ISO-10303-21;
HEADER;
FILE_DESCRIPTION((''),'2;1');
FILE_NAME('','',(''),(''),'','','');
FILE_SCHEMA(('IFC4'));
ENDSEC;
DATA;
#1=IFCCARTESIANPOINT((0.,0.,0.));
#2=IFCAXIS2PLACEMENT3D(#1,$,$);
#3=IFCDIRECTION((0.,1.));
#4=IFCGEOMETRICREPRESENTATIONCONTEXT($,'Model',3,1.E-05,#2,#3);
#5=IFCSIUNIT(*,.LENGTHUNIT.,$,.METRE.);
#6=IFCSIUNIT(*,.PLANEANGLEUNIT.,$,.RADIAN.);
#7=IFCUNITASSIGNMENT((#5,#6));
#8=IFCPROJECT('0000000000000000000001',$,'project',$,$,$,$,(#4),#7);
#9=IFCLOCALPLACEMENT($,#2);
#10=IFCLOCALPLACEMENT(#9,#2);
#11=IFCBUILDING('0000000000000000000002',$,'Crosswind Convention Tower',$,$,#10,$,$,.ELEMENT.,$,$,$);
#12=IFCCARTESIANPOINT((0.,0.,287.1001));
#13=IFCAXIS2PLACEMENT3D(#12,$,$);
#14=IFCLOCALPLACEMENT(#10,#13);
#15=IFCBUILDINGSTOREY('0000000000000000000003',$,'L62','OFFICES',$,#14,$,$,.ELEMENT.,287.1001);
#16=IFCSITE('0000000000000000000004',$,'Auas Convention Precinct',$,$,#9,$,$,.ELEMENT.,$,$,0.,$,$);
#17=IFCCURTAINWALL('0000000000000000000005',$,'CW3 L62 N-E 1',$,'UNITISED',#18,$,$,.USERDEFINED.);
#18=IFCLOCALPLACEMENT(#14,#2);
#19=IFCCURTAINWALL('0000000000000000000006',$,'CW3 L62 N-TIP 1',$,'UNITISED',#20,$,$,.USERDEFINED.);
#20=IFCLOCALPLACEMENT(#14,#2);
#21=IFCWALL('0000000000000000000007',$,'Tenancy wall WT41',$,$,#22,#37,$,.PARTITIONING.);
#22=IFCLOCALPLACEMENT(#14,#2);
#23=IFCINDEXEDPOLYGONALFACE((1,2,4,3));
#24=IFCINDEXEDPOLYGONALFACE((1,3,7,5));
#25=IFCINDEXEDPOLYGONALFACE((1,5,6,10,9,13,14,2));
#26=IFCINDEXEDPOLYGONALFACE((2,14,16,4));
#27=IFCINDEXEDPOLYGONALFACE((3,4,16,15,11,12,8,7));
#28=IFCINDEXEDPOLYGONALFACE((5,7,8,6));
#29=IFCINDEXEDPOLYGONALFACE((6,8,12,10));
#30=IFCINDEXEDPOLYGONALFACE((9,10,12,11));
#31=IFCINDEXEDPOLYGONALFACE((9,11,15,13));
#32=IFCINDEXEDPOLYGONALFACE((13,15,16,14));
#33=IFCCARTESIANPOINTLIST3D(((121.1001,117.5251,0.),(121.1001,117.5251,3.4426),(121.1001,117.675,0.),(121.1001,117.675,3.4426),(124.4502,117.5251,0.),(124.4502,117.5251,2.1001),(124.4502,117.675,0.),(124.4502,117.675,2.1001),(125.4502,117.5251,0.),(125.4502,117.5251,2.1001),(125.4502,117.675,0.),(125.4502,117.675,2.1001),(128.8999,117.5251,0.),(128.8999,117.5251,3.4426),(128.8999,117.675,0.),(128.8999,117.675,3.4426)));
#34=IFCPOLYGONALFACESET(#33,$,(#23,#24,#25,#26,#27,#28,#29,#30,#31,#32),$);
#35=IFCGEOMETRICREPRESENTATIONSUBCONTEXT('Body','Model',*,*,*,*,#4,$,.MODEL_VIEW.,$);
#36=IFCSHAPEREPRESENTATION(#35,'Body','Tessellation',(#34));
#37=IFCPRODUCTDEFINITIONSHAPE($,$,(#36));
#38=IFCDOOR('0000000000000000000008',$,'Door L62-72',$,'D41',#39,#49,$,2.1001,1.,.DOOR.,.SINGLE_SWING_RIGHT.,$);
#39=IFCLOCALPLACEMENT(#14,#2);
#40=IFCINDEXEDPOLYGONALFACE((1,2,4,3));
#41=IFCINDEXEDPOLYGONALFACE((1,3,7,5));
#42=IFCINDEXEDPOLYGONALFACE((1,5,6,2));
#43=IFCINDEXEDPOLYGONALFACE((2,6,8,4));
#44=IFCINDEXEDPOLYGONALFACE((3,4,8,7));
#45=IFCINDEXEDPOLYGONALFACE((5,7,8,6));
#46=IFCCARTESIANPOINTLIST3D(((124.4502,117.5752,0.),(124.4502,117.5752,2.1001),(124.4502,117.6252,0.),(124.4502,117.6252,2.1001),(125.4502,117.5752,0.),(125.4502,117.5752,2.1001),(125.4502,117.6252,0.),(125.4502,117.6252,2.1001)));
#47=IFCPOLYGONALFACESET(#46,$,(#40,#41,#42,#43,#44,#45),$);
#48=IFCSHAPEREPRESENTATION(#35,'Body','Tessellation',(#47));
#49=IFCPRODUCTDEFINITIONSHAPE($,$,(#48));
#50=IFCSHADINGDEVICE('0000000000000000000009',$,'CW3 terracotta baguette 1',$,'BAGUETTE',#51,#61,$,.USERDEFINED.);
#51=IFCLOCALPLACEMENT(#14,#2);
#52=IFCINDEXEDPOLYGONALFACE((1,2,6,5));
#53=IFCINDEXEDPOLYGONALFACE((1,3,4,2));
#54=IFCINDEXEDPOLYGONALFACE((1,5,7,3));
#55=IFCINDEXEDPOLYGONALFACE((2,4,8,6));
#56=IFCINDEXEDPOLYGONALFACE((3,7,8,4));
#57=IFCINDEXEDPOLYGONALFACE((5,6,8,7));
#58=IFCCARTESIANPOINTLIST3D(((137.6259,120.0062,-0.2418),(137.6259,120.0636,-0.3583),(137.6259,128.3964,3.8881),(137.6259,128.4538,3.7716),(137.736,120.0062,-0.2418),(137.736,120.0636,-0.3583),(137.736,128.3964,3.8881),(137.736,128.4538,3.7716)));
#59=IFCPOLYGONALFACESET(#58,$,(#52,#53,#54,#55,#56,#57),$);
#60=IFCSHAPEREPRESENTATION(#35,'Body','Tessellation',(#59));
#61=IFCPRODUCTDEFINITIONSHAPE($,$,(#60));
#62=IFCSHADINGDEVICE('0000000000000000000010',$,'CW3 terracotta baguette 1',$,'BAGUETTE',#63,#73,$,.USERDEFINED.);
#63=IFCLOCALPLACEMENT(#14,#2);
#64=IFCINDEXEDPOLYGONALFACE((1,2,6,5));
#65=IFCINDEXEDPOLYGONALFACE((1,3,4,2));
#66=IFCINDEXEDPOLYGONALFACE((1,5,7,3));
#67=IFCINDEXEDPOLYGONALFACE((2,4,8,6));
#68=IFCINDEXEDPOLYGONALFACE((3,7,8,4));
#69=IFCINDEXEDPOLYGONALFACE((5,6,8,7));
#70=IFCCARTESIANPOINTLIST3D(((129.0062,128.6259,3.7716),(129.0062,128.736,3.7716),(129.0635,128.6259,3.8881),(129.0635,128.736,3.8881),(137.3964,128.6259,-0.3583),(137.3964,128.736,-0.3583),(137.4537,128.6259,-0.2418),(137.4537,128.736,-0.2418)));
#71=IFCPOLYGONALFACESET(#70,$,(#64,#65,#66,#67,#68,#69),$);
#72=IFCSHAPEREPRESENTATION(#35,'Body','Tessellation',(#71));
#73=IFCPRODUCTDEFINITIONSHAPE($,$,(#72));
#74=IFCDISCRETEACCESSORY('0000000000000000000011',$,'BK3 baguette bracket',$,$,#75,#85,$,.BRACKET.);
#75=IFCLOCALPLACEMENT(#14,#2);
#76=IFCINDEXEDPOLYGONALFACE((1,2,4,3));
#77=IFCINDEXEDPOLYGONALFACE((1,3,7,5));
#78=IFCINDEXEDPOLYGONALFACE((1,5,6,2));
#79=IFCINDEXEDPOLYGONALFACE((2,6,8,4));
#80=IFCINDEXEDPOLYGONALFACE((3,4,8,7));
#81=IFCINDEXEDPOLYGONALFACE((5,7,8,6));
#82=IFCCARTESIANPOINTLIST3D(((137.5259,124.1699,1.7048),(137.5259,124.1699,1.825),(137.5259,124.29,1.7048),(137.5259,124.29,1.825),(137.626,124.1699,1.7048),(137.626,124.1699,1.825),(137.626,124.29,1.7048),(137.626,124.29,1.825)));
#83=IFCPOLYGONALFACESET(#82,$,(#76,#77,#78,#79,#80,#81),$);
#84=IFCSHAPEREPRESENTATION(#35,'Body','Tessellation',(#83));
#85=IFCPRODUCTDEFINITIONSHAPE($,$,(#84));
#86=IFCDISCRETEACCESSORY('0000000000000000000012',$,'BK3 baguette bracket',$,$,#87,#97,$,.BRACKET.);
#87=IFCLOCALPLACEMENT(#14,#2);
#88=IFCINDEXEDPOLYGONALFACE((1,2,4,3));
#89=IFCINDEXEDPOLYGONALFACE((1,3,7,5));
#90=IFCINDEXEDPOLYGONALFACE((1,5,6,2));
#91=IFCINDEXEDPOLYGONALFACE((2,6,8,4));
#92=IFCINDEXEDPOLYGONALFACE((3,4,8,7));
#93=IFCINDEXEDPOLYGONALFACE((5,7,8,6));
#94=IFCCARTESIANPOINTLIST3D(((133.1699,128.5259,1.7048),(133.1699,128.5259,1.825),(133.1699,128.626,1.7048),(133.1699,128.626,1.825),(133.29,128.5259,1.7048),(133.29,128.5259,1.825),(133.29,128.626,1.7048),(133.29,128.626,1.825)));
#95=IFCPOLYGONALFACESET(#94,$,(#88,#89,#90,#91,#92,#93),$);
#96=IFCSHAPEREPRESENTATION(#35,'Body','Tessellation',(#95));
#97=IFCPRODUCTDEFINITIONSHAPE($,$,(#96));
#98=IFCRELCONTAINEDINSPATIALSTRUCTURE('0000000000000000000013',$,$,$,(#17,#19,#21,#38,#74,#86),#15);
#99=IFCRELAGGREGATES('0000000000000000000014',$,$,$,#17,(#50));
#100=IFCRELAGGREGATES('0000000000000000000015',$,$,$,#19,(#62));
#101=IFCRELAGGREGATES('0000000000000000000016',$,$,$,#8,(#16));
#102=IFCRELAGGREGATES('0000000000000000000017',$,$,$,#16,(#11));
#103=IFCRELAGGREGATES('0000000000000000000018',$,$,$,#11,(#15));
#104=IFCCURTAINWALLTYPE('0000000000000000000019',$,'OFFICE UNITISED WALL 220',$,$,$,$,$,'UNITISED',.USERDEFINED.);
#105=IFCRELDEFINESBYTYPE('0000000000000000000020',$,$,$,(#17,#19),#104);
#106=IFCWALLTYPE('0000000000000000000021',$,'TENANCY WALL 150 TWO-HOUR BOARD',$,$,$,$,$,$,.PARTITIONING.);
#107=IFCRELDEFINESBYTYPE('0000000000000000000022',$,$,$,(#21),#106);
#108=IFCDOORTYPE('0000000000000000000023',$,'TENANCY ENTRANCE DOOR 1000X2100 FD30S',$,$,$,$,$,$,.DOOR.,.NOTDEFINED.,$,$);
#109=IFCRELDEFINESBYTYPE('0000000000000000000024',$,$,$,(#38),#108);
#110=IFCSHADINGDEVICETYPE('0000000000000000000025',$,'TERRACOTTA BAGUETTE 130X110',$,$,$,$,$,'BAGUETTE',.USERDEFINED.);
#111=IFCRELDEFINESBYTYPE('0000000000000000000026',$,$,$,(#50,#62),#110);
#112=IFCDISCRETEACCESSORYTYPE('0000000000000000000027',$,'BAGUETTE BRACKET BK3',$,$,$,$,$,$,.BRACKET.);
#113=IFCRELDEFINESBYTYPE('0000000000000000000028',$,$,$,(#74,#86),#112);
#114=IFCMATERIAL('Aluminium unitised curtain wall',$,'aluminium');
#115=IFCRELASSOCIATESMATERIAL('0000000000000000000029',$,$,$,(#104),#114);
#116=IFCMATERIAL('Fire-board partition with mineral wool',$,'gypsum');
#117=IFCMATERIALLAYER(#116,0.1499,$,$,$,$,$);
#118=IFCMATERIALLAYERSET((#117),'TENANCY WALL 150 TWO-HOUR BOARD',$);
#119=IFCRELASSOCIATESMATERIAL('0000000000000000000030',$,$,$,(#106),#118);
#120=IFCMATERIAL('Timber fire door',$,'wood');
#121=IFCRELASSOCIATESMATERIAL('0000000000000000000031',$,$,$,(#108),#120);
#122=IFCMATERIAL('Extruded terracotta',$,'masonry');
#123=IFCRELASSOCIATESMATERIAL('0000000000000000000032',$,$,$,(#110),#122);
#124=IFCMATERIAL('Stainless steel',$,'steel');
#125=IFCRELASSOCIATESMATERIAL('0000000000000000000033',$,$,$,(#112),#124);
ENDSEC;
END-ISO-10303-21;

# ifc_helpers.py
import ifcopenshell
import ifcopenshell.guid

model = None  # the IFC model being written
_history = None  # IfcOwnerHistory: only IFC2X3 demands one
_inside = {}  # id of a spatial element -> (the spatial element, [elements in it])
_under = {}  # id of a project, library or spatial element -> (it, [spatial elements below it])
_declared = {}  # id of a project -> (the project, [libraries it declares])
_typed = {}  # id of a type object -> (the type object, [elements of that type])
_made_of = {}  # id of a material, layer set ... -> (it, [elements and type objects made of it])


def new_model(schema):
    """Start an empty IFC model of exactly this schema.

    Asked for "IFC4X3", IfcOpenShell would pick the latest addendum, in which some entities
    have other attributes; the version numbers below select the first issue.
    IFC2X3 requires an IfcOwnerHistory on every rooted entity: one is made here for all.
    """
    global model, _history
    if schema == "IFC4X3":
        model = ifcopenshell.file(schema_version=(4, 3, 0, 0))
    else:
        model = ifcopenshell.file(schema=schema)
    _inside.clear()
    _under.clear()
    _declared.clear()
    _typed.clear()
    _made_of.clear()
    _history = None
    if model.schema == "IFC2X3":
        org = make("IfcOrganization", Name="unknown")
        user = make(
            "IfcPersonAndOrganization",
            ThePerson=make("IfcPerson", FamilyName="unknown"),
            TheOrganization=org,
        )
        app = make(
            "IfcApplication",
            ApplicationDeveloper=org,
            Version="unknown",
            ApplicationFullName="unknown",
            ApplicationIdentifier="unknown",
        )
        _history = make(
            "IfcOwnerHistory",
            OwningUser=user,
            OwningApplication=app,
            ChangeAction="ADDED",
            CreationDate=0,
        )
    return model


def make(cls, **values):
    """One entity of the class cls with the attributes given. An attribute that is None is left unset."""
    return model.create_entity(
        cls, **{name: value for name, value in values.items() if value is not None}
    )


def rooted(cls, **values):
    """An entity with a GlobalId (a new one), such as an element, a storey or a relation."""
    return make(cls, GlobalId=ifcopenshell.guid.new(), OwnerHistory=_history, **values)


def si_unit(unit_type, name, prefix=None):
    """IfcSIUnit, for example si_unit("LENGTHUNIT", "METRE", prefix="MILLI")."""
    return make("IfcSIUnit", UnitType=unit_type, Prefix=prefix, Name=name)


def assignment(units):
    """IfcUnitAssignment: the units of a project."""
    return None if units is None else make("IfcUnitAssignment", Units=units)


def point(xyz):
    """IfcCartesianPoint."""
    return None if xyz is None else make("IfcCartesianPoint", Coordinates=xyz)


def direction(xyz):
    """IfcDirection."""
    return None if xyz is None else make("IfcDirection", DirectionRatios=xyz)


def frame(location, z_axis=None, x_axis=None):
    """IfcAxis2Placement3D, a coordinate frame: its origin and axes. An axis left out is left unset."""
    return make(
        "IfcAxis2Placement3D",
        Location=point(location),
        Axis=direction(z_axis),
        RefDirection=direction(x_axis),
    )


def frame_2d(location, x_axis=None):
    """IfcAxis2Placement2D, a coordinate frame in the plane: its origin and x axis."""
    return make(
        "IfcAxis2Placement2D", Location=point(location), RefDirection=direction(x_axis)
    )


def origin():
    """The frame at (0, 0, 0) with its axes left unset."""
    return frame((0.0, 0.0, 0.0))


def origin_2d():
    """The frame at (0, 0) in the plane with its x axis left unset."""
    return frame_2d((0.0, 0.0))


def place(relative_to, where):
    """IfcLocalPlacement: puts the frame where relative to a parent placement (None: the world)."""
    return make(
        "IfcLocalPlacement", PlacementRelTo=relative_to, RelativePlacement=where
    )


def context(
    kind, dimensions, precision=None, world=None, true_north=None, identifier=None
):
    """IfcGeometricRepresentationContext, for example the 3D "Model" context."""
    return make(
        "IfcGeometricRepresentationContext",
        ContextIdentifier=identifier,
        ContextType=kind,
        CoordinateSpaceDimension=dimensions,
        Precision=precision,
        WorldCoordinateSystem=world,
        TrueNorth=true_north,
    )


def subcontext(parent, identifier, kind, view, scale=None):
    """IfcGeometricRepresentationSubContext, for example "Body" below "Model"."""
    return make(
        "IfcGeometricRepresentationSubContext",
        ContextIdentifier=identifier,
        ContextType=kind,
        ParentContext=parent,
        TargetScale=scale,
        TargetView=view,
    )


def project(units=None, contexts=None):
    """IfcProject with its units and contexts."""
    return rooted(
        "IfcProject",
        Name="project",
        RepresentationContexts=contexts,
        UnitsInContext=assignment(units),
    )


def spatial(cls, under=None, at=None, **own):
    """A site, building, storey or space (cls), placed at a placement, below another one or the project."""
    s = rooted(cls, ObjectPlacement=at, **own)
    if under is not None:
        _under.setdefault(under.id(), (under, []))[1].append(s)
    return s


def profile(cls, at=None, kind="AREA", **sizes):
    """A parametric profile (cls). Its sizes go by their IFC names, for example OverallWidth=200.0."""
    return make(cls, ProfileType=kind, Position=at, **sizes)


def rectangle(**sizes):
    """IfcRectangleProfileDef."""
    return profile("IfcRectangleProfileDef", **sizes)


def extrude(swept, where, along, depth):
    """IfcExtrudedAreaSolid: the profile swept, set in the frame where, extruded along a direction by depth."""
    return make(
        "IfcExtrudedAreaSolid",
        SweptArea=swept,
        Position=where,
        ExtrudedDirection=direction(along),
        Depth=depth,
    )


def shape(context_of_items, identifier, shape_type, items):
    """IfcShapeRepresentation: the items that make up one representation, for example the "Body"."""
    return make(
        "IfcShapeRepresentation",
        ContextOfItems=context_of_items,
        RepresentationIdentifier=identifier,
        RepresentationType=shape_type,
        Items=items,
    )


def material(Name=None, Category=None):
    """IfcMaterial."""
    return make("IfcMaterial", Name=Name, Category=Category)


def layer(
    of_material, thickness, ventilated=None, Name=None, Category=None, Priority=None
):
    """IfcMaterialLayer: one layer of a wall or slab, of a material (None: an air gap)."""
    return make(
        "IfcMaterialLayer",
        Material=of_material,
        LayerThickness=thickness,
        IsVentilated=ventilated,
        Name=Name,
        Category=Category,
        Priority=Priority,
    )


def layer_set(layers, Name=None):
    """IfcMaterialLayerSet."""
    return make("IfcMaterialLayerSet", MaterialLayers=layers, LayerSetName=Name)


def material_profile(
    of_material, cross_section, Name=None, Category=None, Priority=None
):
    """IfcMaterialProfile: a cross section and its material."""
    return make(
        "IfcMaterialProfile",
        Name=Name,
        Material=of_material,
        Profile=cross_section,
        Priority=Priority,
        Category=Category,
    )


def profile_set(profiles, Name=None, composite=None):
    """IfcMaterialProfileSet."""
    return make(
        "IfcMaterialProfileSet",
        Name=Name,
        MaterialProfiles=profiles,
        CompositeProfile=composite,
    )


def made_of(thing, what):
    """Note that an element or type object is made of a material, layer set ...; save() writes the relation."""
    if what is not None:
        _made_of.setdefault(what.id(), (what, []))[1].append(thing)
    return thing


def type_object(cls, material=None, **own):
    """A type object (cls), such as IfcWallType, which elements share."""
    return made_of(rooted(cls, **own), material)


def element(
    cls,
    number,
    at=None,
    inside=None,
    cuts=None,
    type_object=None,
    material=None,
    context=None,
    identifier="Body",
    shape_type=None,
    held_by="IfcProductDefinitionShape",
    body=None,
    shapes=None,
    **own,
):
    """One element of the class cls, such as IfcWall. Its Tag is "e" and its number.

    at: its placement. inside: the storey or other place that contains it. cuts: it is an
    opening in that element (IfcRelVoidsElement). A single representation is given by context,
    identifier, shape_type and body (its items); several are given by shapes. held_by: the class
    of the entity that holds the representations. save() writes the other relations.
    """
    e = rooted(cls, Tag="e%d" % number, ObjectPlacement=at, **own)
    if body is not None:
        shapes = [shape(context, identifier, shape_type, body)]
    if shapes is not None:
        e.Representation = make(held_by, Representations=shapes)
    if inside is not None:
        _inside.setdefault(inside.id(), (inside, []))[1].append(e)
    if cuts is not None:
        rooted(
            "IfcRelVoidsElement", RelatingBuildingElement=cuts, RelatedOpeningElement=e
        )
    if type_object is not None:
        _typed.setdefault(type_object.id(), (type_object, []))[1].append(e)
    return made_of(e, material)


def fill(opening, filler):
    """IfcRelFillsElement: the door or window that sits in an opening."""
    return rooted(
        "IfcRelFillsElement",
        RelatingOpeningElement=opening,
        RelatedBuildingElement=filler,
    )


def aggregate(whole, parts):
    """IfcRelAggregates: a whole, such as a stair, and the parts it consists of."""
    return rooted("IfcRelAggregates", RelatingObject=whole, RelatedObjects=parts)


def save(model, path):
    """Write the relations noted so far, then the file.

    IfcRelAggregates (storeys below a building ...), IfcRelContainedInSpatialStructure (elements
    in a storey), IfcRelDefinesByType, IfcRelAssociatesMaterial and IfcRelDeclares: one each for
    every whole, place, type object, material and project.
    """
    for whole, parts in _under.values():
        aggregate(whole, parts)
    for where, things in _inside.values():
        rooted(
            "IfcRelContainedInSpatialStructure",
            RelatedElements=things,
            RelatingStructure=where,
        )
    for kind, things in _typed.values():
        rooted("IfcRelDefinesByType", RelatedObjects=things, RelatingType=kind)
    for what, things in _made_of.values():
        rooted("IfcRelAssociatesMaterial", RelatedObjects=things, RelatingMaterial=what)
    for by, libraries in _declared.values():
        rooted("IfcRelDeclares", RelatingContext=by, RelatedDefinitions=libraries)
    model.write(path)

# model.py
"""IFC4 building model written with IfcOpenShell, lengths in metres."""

from ifc_helpers import new_model, si_unit, direction, frame, frame_2d, origin, origin_2d, place, context, subcontext, project, spatial, rectangle, extrude, material, layer, layer_set, material_profile, profile_set, type_object, element, fill, aggregate, save


model = new_model("IFC4")

# Units and contexts
model_context = context("Model", 3, precision=1e-05, world=origin(), true_north=direction((0.0, 1.0)))
body_context = subcontext(model_context, "Body", "Model", "MODEL_VIEW")
ifc_project = project(units=[si_unit("LENGTHUNIT", "METRE"), si_unit("PLANEANGLEUNIT", "RADIAN")], contexts=[model_context])

# Site, building, storey
site_placement = place(None, origin())
site = spatial("IfcSite", under=ifc_project, at=site_placement, Name="Auas Convention Precinct", CompositionType="ELEMENT", RefElevation=0.0)
building_placement = place(site_placement, origin())
building = spatial("IfcBuilding", under=site, at=building_placement, Name="Crosswind Convention Tower", CompositionType="ELEMENT")
storey_placement = place(building_placement, frame((0.0, 0.0, 287.1001)))
storey = spatial("IfcBuildingStorey", under=building, at=storey_placement, Name="L62", Description="OFFICES", CompositionType="ELEMENT", Elevation=287.1001)

# Curtain wall
ifc_material_1 = material(Name="Aluminium unitised curtain wall", Category="aluminium")
curtain_wall_type_1 = type_object("IfcCurtainWallType", Name="OFFICE UNITISED WALL 220", ElementType="UNITISED", PredefinedType="USERDEFINED", material=ifc_material_1)
curtain_wall_1_placement = place(storey_placement, origin())
curtain_wall_1 = element("IfcCurtainWall", 1, at=curtain_wall_1_placement, inside=storey, type_object=curtain_wall_type_1, Name="CW3 L62 N-E 1", ObjectType="UNITISED", PredefinedType="USERDEFINED")

# Curtain wall
curtain_wall_2_placement = place(storey_placement, origin())
curtain_wall_2 = element("IfcCurtainWall", 2, at=curtain_wall_2_placement, inside=storey, type_object=curtain_wall_type_1, Name="CW3 L62 N-TIP 1", ObjectType="UNITISED", PredefinedType="USERDEFINED")

# Wall, opening, door
ifc_material_2 = material(Name="Fire-board partition with mineral wool", Category="gypsum")
ifc_layer_1 = layer(ifc_material_2, 0.1499)
ifc_layer_set_1 = layer_set([ifc_layer_1], Name="TENANCY WALL 150 TWO-HOUR BOARD")
wall_type_1 = type_object("IfcWallType", Name="TENANCY WALL 150 TWO-HOUR BOARD", PredefinedType="PARTITIONING", material=ifc_layer_set_1)
wall_1_placement = place(storey_placement, frame((121.1001, 117.6001, 0.0), z_axis=(0.0, 0.0, 1.0), x_axis=(1.0, 0.0, 0.0)))
wall_1 = element("IfcWall", 3, at=wall_1_placement, inside=storey, type_object=wall_type_1, Name="Tenancy wall WT41", PredefinedType="PARTITIONING", context=body_context, shape_type="SweptSolid", body=[
    extrude(rectangle(XDim=7.7998, YDim=0.1499, at=frame_2d((3.8999, 0.0))), origin(), (0.0, 0.0, 1.0), 3.4426),
])
opening_placement = place(wall_1_placement, frame((3.3501, 0.0, 0.0)))
opening = element("IfcOpeningElement", 4, at=opening_placement, cuts=wall_1, PredefinedType="OPENING", context=body_context, shape_type="SweptSolid", body=[
    extrude(rectangle(XDim=1.0, YDim=2.1001, at=frame_2d((0.5, 1.05))), frame((0.0, 0.085, 0.0), z_axis=(0.0, -1.0, 0.0), x_axis=(1.0, 0.0, 0.0)), (0.0, 0.0, 1.0), 0.1699),
])
ifc_material_3 = material(Name="Timber fire door", Category="wood")
door_type = type_object("IfcDoorType", Name="TENANCY ENTRANCE DOOR 1000X2100 FD30S", OperationType="NOTDEFINED", PredefinedType="DOOR", material=ifc_material_3)
door_placement = place(opening_placement, frame((1.0, 0.0, 0.0), z_axis=(0.0, 0.0, 1.0), x_axis=(-1.0, 0.0, 0.0)))
door = element("IfcDoor", 5, at=door_placement, inside=storey, type_object=door_type, Name="Door L62-72", ObjectType="D41", OperationType="SINGLE_SWING_RIGHT", OverallHeight=2.1001, OverallWidth=1.0, PredefinedType="DOOR", context=body_context, shape_type="SweptSolid", body=[
    extrude(rectangle(XDim=1.0, YDim=2.1001, at=frame_2d((0.5, 1.05))), frame((0.0, 0.0249, 0.0), z_axis=(0.0, -1.0, 0.0), x_axis=(1.0, 0.0, 0.0)), (0.0, 0.0, 1.0), 0.05),
])
fill(opening, door)

# Shading devices
ifc_material_4 = material(Name="Extruded terracotta", Category="masonry")
ifc_material_profile_1 = material_profile(ifc_material_4, rectangle(XDim=0.1101, YDim=0.1299, at=origin_2d()), Name="TC 110X130")
ifc_profile_set_1 = profile_set([ifc_material_profile_1], Name="Extruded terracotta")
shading_device_type = type_object("IfcShadingDeviceType", Name="TERRACOTTA BAGUETTE 130X110", ElementType="BAGUETTE", PredefinedType="USERDEFINED", material=ifc_profile_set_1)
shading_device_1_placement = place(storey_placement, frame((137.6809, 120.0349, -0.3), z_axis=(0.0, 0.897198, 0.441628), x_axis=(-1.0, 0.0, 0.0)))
shading_device_1 = element("IfcShadingDevice", 6, at=shading_device_1_placement, type_object=shading_device_type, Name="CW3 terracotta baguette 1", ObjectType="BAGUETTE", PredefinedType="USERDEFINED", context=body_context, shape_type="SweptSolid", body=[
    extrude(rectangle(XDim=0.1101, YDim=0.1299, at=origin_2d()), origin(), (0.0, 0.0, 1.0), 9.3516),
])
aggregate(curtain_wall_1, [shading_device_1])
shading_device_2_placement = place(storey_placement, frame((137.425, 128.6809, -0.3), z_axis=(-0.897198, 0.0, 0.441628), x_axis=(0.0, -1.0, 0.0)))
shading_device_2 = element("IfcShadingDevice", 7, at=shading_device_2_placement, type_object=shading_device_type, Name="CW3 terracotta baguette 1", ObjectType="BAGUETTE", PredefinedType="USERDEFINED", context=body_context, shape_type="SweptSolid", body=[
    extrude(rectangle(XDim=0.1101, YDim=0.1299, at=origin_2d()), origin(), (0.0, 0.0, 1.0), 9.3516),
])
aggregate(curtain_wall_2, [shading_device_2])

# Discrete accessories
ifc_material_5 = material(Name="Stainless steel", Category="steel")
discrete_accessory_type = type_object("IfcDiscreteAccessoryType", Name="BAGUETTE BRACKET BK3", PredefinedType="BRACKET", material=ifc_material_5)
for number, where, z_axis, x_axis, name in (
    (8, (137.5759, 124.23, 1.7048), (0.0, 0.0, 1.0), (0.0, 1.0, 0.0), "BK3 baguette bracket"),
    (9, (133.23, 128.5759, 1.7048), (0.0, 0.0, 1.0), (-1.0, 0.0, 0.0), "BK3 baguette bracket"),
):
    element("IfcDiscreteAccessory", number, at=place(storey_placement, frame(where, z_axis=z_axis, x_axis=x_axis)), inside=storey, type_object=discrete_accessory_type, Name=name, PredefinedType="BRACKET", context=body_context, shape_type="SweptSolid", body=[
        extrude(rectangle(XDim=0.1201, YDim=0.1001, at=origin_2d()), origin(), (0.0, 0.0, 1.0), 0.1201),
    ])

save(model, "model.ifc")
